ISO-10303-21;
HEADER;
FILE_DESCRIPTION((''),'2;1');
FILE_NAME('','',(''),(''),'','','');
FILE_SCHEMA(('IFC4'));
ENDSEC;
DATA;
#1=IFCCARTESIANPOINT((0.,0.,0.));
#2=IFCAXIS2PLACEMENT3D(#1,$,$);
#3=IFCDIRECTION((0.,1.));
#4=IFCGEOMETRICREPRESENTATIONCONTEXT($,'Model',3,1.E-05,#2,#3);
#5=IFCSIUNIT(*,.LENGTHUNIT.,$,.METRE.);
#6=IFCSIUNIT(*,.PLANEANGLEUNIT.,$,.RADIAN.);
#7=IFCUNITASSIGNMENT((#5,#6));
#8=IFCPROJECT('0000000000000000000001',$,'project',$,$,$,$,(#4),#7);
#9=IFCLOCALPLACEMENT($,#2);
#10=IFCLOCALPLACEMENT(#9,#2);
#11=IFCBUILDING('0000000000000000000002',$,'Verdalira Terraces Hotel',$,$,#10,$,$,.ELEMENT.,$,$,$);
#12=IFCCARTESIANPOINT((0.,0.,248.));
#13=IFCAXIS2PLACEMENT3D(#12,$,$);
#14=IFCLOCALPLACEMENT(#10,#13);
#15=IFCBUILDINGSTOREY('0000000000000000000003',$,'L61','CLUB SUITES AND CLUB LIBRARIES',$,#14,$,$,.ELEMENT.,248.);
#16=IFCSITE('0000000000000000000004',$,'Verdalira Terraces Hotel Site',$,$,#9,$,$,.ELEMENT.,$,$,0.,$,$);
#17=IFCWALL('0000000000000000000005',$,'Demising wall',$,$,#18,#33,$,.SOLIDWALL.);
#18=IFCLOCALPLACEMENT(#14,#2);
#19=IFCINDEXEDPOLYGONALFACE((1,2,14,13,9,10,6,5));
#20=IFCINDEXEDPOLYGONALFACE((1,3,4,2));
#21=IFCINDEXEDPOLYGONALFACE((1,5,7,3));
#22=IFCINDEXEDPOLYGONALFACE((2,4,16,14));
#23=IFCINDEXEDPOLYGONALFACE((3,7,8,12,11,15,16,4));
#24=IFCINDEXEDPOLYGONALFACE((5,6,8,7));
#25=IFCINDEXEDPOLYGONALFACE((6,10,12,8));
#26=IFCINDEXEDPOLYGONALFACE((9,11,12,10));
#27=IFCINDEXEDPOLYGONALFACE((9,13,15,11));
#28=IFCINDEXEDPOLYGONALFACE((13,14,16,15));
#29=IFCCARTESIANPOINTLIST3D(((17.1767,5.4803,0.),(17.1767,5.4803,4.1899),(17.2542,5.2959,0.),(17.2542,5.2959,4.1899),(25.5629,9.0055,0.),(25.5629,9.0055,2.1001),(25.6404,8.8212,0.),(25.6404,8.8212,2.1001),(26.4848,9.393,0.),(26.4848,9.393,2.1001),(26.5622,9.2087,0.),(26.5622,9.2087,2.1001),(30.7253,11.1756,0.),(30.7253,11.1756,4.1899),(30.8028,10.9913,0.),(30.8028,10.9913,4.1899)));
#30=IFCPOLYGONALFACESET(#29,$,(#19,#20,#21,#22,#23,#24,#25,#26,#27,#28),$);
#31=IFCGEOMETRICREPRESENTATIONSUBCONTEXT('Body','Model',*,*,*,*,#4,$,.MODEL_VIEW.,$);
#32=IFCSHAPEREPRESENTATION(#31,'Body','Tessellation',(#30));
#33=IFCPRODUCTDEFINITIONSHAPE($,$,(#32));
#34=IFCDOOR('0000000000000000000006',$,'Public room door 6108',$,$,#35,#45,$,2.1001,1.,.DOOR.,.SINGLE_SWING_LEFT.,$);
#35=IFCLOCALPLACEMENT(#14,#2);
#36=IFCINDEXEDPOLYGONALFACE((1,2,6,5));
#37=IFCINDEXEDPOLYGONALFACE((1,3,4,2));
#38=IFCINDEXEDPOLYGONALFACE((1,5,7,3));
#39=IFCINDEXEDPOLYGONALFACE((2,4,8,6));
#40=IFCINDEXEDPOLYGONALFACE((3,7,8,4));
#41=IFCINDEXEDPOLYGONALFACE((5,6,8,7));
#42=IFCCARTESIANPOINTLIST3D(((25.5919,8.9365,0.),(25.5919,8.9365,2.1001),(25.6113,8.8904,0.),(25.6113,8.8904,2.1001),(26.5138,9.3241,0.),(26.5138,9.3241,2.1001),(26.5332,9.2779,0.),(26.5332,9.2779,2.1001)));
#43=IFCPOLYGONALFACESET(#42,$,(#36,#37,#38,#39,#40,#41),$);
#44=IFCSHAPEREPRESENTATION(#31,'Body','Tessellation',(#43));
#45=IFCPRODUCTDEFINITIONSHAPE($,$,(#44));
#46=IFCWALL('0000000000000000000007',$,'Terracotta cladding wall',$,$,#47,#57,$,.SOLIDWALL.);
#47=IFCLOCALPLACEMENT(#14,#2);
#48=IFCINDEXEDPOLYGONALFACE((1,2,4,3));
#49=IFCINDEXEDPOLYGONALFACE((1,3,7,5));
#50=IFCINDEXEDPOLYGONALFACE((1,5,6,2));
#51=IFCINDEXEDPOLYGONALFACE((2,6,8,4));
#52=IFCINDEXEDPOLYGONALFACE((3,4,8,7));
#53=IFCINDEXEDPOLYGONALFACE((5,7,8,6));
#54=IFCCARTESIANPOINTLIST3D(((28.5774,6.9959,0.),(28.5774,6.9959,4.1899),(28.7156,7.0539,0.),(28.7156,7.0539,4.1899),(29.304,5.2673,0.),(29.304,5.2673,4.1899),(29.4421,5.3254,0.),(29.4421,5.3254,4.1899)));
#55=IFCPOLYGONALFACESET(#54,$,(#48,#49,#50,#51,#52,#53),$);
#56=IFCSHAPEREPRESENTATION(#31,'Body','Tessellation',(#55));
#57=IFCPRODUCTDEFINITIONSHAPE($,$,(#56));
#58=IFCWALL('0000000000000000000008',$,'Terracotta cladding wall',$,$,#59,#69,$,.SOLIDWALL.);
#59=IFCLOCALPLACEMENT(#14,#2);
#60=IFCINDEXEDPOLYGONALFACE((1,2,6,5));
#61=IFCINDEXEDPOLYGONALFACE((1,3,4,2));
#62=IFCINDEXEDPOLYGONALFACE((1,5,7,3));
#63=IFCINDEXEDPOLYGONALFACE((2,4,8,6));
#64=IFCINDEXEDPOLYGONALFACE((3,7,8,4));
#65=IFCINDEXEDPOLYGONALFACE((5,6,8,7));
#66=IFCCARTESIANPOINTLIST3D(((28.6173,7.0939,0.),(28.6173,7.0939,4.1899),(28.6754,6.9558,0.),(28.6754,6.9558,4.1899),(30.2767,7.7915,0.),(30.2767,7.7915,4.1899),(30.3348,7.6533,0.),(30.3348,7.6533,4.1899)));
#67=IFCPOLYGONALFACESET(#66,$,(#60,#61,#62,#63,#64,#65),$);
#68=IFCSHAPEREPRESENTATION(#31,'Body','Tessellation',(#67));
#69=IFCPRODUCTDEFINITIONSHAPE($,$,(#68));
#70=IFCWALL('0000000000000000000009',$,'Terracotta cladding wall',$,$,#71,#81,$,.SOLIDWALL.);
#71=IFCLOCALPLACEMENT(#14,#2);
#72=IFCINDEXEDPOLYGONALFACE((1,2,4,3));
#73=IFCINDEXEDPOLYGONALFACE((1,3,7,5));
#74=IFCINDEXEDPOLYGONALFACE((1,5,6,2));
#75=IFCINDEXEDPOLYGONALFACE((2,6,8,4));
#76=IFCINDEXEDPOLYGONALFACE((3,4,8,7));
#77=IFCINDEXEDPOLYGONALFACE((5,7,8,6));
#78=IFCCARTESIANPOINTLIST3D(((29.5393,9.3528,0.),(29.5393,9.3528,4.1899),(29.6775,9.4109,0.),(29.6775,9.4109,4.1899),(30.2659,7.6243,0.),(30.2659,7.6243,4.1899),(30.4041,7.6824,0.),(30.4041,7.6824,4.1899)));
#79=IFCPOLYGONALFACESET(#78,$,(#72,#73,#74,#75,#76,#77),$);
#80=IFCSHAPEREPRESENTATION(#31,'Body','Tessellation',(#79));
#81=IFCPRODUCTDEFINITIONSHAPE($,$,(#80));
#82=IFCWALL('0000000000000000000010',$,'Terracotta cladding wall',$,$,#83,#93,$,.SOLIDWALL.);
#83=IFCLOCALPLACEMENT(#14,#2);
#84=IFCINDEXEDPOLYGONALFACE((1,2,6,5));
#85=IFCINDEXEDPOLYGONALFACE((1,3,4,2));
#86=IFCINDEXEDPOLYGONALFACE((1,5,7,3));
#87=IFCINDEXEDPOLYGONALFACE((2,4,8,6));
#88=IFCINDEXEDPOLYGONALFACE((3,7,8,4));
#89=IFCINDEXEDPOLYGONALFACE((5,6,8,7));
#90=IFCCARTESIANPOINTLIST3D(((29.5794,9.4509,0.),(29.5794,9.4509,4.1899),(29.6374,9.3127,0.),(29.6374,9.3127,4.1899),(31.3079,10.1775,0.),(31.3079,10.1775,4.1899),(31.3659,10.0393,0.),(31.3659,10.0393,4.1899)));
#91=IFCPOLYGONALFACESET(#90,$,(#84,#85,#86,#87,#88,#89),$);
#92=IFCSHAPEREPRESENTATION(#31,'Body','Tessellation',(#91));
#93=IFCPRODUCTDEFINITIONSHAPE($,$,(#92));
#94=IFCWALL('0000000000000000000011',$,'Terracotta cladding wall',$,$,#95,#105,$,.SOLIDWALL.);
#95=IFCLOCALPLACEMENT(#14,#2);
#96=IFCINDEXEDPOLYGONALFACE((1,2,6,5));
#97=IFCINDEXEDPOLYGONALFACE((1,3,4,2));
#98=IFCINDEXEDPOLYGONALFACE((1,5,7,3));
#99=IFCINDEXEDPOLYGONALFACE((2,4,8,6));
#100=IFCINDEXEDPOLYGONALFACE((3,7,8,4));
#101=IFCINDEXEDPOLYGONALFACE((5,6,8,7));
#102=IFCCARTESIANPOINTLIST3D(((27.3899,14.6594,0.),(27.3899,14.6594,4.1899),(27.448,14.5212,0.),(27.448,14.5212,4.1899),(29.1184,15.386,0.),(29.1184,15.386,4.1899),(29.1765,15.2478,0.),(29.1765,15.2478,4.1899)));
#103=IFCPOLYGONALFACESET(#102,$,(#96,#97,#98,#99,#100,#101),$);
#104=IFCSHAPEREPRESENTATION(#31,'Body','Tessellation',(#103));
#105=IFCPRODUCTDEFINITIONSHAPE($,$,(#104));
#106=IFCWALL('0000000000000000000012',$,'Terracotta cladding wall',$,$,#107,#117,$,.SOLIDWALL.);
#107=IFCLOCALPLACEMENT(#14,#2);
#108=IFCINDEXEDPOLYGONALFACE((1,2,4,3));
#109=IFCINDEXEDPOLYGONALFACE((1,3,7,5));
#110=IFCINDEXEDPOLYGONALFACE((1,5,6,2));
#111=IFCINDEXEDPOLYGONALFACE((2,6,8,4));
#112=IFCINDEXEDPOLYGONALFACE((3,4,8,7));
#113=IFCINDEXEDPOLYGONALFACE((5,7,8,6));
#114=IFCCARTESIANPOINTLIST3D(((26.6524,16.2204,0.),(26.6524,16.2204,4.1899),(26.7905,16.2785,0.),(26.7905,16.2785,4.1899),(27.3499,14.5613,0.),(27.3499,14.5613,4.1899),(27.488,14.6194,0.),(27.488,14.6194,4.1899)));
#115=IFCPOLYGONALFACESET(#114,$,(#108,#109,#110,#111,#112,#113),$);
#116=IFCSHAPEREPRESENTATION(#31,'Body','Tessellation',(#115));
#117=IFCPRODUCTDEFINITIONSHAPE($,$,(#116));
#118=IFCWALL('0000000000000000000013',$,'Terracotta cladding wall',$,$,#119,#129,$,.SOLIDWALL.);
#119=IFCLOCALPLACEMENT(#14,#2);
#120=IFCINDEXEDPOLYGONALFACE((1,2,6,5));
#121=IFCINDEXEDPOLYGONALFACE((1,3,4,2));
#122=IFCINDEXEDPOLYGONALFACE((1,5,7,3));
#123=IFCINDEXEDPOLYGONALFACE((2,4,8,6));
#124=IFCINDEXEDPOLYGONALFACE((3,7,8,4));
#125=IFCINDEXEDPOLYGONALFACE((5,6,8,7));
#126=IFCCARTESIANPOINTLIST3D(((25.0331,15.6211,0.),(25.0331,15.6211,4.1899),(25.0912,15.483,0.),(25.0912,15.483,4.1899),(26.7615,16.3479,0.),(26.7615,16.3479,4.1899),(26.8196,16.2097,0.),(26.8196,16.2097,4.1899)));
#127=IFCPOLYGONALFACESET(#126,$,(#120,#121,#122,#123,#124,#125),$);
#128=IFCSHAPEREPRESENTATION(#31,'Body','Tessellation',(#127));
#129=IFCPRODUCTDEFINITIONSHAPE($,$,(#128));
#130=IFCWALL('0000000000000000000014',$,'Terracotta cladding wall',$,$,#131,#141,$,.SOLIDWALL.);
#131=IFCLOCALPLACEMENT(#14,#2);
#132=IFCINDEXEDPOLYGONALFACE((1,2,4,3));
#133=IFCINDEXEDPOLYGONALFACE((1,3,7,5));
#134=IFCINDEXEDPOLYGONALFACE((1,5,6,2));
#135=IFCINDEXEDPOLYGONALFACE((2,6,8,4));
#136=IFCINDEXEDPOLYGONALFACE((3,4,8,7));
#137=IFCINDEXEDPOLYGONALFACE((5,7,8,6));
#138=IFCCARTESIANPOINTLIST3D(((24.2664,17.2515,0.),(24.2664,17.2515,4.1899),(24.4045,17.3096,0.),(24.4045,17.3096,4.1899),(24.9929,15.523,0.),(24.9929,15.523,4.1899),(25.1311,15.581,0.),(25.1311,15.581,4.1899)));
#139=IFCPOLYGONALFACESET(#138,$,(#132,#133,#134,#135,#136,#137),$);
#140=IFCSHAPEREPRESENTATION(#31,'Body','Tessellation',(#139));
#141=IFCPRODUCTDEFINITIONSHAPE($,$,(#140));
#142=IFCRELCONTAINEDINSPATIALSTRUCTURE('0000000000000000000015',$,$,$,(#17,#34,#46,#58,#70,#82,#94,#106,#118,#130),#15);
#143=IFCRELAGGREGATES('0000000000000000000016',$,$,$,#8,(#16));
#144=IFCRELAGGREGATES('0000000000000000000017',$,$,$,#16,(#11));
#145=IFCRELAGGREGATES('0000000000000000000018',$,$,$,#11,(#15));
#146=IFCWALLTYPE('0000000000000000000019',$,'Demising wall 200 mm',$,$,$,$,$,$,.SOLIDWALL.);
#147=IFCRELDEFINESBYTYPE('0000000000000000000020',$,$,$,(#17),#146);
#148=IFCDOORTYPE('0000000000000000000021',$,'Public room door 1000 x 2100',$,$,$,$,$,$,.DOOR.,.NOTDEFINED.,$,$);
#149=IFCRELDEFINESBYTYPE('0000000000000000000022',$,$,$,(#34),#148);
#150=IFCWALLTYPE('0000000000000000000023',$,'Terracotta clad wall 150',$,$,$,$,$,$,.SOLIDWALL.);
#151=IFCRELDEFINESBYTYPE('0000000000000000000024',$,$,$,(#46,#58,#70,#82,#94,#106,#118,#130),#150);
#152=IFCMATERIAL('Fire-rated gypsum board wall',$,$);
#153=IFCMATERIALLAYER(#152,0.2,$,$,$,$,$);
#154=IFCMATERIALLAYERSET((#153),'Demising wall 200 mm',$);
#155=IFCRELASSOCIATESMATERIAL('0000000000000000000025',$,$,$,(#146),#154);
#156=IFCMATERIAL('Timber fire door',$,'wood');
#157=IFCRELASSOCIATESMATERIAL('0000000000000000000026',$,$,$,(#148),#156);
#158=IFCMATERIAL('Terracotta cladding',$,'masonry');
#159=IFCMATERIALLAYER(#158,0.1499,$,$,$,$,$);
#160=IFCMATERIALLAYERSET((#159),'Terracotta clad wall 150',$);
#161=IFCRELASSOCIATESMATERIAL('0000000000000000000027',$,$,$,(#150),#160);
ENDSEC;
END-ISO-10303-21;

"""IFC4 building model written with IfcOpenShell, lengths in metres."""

from ifc_helpers import new_model, si_unit, direction, frame, frame_2d, origin, place, context, subcontext, project, spatial, rectangle, extrude, material, layer, layer_set, type_object, element, fill, save


model = new_model("IFC4")

# Units and contexts
model_context = context("Model", 3, precision=1e-05, world=origin(), true_north=direction((0.0, 1.0)))
body_context = subcontext(model_context, "Body", "Model", "MODEL_VIEW")
ifc_project = project(units=[si_unit("LENGTHUNIT", "METRE"), si_unit("PLANEANGLEUNIT", "RADIAN")], contexts=[model_context])

# Site, building, storey
site_placement = place(None, origin())
site = spatial("IfcSite", under=ifc_project, at=site_placement, Name="Verdalira Terraces Hotel Site", CompositionType="ELEMENT", RefElevation=0.0)
building_placement = place(site_placement, origin())
building = spatial("IfcBuilding", under=site, at=building_placement, Name="Verdalira Terraces Hotel", CompositionType="ELEMENT")
storey_placement = place(building_placement, frame((0.0, 0.0, 248.0)))
storey = spatial("IfcBuildingStorey", under=building, at=storey_placement, Name="L61", Description="CLUB SUITES AND CLUB LIBRARIES", CompositionType="ELEMENT", Elevation=248.0)

# Shared definitions
ifc_material_1 = material(Name="Fire-rated gypsum board wall")
ifc_layer_1 = layer(ifc_material_1, 0.2)
ifc_layer_set_1 = layer_set([ifc_layer_1], Name="Demising wall 200 mm")
wall_type_1 = type_object("IfcWallType", Name="Demising wall 200 mm", PredefinedType="SOLIDWALL", material=ifc_layer_set_1)

# Wall, opening, door
wall_1_placement = place(storey_placement, frame((30.7642, 11.0835, 0.0), z_axis=(0.0, 0.0, 1.0), x_axis=(-0.921863, -0.387516, 0.0)))
wall_1 = element("IfcWall", 1, at=wall_1_placement, inside=storey, type_object=wall_type_1, Name="Demising wall", PredefinedType="SOLIDWALL", context=body_context, shape_type="SweptSolid", body=[
    extrude(rectangle(XDim=14.697, YDim=0.2, at=frame_2d((7.3486, 0.0))), origin(), (0.0, 0.0, 1.0), 4.1899),
])
opening_placement = place(wall_1_placement, frame((4.6001, 0.0, 0.0)))
opening = element("IfcOpeningElement", 2, at=opening_placement, cuts=wall_1, PredefinedType="OPENING", context=body_context, shape_type="SweptSolid", body=[
    extrude(rectangle(XDim=1.0, YDim=2.1001, at=frame_2d((0.5, 1.05))), frame((0.0, 0.1099, 0.0), z_axis=(0.0, -1.0, 0.0), x_axis=(1.0, 0.0, 0.0)), (0.0, 0.0, 1.0), 0.22),
])
ifc_material_2 = material(Name="Timber fire door", Category="wood")
door_type = type_object("IfcDoorType", Name="Public room door 1000 x 2100", OperationType="NOTDEFINED", PredefinedType="DOOR", material=ifc_material_2)
door_placement = place(opening_placement, origin())
door = element("IfcDoor", 3, at=door_placement, inside=storey, type_object=door_type, Name="Public room door 6108", OperationType="SINGLE_SWING_LEFT", OverallHeight=2.1001, OverallWidth=1.0, PredefinedType="DOOR", context=body_context, shape_type="SweptSolid", body=[
    extrude(rectangle(XDim=1.0, YDim=2.1001, at=frame_2d((0.5, 1.05))), frame((0.0, 0.0249, 0.0), z_axis=(0.0, -1.0, 0.0), x_axis=(1.0, 0.0, 0.0)), (0.0, 0.0, 1.0), 0.05),
])
fill(opening, door)

# Walls
ifc_material_3 = material(Name="Terracotta cladding", Category="masonry")
ifc_layer_2 = layer(ifc_material_3, 0.1499)
ifc_layer_set_2 = layer_set([ifc_layer_2], Name="Terracotta clad wall 150")
wall_type_2 = type_object("IfcWallType", Name="Terracotta clad wall 150", PredefinedType="SOLIDWALL", material=ifc_layer_set_2)
wall_2_placement = place(storey_placement, frame((29.373, 5.2964, 0.0), z_axis=(0.0, 0.0, 1.0), x_axis=(-0.387498, 0.92187, 0.0)))
element("IfcWall", 4, at=wall_2_placement, inside=storey, type_object=wall_type_2, Name="Terracotta cladding wall", PredefinedType="SOLIDWALL", context=body_context, shape_type="SweptSolid", body=[
    extrude(rectangle(XDim=1.875, YDim=0.1499, at=frame_2d((0.9375, 0.0))), origin(), (0.0, 0.0, 1.0), 4.1899),
])
wall_3_placement = place(storey_placement, frame((28.6465, 7.0249, 0.0), z_axis=(0.0, 0.0, 1.0), x_axis=(0.921873, 0.387493, 0.0)))
element("IfcWall", 5, at=wall_3_placement, inside=storey, type_object=wall_type_2, Name="Terracotta cladding wall", PredefinedType="SOLIDWALL", context=body_context, shape_type="SweptSolid", body=[
    extrude(rectangle(XDim=1.8, YDim=0.1499, at=frame_2d((0.8999, 0.0))), origin(), (0.0, 0.0, 1.0), 4.1899),
])
for number, where, z_axis, x_axis, name in (
    (6, (30.335, 7.6533, 0.0), (0.0, 0.0, 1.0), (-0.387498, 0.92187, 0.0), "Terracotta cladding wall"),
    (7, (29.6084, 9.3818, 0.0), (0.0, 0.0, 1.0), (0.92187, 0.387498, 0.0), "Terracotta cladding wall"),
    (8, (29.1475, 15.3169, 0.0), (0.0, 0.0, 1.0), (-0.92187, -0.387498, 0.0), "Terracotta cladding wall"),
):
    element("IfcWall", number, at=place(storey_placement, frame(where, z_axis=z_axis, x_axis=x_axis)), inside=storey, type_object=wall_type_2, Name=name, PredefinedType="SOLIDWALL", context=body_context, shape_type="SweptSolid", body=[
        extrude(rectangle(XDim=1.875, YDim=0.1499, at=frame_2d((0.9375, 0.0))), origin(), (0.0, 0.0, 1.0), 4.1899),
    ])
wall_4_placement = place(storey_placement, frame((27.4189, 14.5903, 0.0), z_axis=(0.0, 0.0, 1.0), x_axis=(-0.387541, 0.921852, 0.0)))
element("IfcWall", 9, at=wall_4_placement, inside=storey, type_object=wall_type_2, Name="Terracotta cladding wall", PredefinedType="SOLIDWALL", context=body_context, shape_type="SweptSolid", body=[
    extrude(rectangle(XDim=1.7998, YDim=0.1499, at=frame_2d((0.8999, 0.0))), origin(), (0.0, 0.0, 1.0), 4.1899),
])
for number, where, z_axis, x_axis, name in (
    (10, (26.7905, 16.2788, 0.0), (0.0, 0.0, 1.0), (-0.921824, -0.387609, 0.0), "Terracotta cladding wall"),
    (11, (25.062, 15.552, 0.0), (0.0, 0.0, 1.0), (-0.387498, 0.92187, 0.0), "Terracotta cladding wall"),
):
    element("IfcWall", number, at=place(storey_placement, frame(where, z_axis=z_axis, x_axis=x_axis)), inside=storey, type_object=wall_type_2, Name=name, PredefinedType="SOLIDWALL", context=body_context, shape_type="SweptSolid", body=[
        extrude(rectangle(XDim=1.875, YDim=0.1499, at=frame_2d((0.9375, 0.0))), origin(), (0.0, 0.0, 1.0), 4.1899),
    ])

save(model, "model.ifc")
